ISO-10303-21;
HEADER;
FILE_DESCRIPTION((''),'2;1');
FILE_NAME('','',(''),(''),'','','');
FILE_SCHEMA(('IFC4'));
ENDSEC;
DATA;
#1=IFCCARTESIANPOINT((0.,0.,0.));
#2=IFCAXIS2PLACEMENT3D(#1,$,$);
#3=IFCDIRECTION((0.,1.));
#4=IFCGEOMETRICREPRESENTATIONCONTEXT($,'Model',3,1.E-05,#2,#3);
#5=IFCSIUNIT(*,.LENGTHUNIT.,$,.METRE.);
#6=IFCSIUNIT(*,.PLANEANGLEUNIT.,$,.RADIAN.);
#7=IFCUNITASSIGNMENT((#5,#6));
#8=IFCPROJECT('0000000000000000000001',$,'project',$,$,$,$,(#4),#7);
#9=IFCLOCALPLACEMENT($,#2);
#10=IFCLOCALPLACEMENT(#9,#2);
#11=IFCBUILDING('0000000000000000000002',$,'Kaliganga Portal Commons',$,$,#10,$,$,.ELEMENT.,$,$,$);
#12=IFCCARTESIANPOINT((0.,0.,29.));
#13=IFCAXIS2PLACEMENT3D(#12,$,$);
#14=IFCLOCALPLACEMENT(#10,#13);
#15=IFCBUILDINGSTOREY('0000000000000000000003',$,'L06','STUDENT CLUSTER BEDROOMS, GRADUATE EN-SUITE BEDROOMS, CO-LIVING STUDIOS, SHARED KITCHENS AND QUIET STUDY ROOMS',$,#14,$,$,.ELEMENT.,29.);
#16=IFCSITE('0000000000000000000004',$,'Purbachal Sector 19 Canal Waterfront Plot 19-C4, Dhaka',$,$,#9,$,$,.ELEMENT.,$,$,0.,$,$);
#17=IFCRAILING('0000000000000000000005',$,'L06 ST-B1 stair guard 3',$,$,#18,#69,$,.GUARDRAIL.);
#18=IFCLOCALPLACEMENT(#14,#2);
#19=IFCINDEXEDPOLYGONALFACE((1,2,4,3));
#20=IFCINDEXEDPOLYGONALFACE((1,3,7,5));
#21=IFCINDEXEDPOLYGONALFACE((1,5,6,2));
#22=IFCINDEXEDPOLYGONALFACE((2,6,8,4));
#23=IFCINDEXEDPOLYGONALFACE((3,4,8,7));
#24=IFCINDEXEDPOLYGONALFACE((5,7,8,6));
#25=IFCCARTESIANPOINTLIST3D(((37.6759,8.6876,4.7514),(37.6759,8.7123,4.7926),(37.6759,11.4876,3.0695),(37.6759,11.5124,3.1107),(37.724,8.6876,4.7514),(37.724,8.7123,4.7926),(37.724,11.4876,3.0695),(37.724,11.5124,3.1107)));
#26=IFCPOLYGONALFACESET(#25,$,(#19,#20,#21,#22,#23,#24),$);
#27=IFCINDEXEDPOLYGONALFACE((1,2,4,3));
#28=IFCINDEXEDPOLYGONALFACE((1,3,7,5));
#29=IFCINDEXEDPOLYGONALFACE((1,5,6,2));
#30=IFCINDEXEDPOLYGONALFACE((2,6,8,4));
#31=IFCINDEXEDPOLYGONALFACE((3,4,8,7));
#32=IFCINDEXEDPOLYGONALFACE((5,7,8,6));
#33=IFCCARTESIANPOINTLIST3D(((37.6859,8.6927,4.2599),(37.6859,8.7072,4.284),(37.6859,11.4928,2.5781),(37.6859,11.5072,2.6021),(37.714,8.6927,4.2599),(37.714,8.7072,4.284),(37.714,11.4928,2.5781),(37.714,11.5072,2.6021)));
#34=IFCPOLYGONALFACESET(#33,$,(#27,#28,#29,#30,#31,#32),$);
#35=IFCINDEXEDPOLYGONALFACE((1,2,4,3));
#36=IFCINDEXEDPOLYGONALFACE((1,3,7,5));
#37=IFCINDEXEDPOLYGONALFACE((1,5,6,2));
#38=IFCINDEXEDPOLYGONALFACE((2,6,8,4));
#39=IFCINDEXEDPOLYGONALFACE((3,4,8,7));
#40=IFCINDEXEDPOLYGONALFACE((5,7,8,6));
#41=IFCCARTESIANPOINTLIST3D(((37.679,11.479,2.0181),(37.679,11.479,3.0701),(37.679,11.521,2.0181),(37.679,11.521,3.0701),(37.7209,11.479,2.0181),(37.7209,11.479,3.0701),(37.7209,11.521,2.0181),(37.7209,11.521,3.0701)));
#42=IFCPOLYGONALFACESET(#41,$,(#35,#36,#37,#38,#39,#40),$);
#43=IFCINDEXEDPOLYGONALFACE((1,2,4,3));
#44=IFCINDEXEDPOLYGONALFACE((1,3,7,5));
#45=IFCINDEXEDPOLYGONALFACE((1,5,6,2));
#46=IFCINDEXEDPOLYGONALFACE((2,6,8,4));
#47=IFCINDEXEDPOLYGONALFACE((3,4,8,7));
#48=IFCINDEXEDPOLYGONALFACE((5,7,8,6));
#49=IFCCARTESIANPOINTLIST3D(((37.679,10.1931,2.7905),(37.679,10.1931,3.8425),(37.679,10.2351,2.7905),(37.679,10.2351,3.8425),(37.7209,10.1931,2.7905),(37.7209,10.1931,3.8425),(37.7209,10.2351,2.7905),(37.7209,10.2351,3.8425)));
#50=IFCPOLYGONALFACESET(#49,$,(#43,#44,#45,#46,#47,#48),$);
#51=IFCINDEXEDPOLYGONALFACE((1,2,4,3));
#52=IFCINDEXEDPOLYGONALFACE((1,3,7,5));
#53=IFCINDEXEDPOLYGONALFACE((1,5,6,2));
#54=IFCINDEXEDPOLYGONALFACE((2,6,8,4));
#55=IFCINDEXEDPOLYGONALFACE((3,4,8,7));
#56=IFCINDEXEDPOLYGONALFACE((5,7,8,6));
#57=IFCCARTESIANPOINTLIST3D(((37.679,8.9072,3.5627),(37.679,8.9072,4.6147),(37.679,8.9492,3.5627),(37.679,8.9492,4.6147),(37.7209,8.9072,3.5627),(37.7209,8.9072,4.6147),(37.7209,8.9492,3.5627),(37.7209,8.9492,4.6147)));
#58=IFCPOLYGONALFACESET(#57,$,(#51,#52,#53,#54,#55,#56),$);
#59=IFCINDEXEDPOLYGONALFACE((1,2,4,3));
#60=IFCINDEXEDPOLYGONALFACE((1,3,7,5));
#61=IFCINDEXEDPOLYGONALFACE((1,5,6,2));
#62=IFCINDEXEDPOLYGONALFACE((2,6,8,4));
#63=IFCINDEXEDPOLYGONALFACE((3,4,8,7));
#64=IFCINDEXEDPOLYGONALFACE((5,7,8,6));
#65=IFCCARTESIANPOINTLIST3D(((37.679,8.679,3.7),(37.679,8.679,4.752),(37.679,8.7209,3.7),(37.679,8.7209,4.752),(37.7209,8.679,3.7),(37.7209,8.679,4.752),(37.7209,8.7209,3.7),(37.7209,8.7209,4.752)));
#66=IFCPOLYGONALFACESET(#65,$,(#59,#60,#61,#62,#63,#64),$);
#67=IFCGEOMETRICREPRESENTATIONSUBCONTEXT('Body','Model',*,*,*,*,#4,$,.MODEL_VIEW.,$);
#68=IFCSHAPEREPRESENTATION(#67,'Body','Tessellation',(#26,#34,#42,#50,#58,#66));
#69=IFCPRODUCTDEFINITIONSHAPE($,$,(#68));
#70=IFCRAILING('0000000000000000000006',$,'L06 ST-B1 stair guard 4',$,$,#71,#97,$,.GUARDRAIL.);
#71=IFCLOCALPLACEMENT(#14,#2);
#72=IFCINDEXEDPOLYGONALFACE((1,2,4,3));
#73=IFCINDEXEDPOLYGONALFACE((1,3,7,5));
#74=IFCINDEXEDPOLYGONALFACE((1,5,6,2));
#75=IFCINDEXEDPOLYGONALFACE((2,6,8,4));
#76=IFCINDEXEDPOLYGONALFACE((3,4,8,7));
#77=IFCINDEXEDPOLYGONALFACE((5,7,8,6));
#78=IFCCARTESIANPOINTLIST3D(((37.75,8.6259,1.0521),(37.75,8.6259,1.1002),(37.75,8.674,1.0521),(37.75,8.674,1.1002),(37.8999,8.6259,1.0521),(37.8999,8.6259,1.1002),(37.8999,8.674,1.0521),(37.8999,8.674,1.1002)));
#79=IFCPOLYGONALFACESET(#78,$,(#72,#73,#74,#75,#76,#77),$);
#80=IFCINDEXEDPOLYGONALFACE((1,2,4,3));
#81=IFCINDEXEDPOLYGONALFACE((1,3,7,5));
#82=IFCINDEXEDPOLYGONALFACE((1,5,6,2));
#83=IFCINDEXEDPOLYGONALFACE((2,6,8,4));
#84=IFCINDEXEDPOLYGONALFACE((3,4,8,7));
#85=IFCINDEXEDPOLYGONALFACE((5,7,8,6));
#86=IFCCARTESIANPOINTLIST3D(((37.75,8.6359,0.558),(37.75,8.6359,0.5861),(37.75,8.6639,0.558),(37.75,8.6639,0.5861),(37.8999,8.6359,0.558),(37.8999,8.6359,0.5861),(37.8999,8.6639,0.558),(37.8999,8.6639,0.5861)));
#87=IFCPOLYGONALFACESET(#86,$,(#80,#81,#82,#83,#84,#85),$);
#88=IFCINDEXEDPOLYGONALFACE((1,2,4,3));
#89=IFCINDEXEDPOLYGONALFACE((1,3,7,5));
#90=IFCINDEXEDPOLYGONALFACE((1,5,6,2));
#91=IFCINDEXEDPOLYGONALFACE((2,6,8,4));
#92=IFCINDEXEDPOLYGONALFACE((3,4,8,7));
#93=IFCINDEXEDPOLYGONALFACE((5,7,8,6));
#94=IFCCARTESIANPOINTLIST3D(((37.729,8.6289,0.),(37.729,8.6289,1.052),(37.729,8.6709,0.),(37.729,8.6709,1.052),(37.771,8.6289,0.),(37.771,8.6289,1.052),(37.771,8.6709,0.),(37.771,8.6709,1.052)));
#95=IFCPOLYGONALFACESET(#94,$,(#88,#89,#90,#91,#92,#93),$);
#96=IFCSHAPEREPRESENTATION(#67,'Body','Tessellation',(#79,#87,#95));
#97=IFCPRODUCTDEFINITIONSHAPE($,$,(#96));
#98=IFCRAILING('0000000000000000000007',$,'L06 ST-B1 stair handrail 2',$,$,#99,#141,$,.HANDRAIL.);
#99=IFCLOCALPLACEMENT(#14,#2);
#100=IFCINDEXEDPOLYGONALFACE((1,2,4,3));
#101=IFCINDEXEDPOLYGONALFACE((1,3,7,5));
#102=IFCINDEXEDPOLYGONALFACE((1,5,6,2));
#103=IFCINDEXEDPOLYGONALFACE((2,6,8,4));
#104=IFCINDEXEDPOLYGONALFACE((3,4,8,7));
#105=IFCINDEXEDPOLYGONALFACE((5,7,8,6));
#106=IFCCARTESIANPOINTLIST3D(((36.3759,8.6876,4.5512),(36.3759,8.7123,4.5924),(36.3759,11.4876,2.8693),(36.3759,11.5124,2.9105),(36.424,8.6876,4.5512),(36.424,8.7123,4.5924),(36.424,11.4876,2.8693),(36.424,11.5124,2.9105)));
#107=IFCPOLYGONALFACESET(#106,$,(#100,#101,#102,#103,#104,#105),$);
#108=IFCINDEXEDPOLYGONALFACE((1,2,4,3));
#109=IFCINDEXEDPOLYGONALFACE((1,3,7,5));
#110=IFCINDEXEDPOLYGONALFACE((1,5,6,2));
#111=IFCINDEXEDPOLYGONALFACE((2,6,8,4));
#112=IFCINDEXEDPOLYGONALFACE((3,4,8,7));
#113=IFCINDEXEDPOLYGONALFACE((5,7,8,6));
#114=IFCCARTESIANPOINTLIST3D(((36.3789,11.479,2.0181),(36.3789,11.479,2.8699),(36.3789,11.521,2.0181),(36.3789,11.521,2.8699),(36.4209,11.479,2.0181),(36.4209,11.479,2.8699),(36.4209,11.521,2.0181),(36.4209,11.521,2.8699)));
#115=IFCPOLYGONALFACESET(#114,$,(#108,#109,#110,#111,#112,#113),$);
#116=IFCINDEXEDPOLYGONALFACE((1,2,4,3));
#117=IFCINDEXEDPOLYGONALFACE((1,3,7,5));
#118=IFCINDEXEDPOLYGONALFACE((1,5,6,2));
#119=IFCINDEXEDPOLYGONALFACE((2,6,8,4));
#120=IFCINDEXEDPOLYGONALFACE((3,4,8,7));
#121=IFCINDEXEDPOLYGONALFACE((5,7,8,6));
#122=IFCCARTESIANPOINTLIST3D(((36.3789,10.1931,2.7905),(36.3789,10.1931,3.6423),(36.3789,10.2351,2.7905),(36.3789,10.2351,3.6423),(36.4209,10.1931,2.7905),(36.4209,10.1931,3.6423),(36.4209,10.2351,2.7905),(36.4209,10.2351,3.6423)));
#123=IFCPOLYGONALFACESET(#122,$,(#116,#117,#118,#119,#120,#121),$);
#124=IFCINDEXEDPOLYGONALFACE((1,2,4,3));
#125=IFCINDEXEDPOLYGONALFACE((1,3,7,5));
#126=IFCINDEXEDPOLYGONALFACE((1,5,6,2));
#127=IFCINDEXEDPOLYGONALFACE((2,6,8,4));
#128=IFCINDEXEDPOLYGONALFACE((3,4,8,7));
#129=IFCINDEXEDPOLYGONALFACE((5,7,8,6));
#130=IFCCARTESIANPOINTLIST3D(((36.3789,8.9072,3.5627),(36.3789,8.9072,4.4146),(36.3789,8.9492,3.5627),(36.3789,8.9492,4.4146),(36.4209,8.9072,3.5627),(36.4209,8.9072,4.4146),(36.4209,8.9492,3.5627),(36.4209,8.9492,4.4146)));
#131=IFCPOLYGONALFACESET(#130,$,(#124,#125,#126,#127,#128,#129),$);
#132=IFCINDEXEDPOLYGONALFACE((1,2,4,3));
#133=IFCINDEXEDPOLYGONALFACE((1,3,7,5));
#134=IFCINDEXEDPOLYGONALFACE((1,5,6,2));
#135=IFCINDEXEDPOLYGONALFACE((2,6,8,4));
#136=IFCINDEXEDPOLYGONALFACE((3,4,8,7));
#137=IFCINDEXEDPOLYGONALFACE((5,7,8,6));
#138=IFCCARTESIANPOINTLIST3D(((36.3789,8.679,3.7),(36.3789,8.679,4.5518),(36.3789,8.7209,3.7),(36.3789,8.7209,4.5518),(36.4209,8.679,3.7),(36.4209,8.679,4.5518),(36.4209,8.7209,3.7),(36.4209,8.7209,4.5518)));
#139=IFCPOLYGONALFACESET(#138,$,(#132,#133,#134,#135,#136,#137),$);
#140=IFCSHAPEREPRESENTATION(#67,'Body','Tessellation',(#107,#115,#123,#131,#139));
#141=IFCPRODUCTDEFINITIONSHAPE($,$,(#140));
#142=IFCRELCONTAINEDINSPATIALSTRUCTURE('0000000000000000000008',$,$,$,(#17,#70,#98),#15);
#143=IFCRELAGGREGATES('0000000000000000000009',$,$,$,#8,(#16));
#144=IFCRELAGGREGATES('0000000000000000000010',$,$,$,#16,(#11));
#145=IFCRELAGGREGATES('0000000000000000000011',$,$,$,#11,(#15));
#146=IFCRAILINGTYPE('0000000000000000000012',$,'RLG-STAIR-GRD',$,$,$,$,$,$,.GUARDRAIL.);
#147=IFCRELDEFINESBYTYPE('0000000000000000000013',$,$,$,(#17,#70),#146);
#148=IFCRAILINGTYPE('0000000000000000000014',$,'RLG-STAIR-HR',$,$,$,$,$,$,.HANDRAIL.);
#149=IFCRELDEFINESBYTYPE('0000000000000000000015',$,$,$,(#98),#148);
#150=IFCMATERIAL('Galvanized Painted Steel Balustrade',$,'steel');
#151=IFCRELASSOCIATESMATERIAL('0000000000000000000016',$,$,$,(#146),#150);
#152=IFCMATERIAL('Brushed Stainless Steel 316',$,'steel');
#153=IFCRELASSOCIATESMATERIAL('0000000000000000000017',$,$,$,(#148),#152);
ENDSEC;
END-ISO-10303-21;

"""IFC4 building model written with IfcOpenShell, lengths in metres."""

from ifc_helpers import new_model, si_unit, direction, frame, origin, origin_2d, place, context, subcontext, project, spatial, rectangle, extrude, material, type_object, element, save


model = new_model("IFC4")

# Units and contexts
model_context = context("Model", 3, precision=1e-05, world=origin(), true_north=direction((0.0, 1.0)))
body_context = subcontext(model_context, "Body", "Model", "MODEL_VIEW")
ifc_project = project(units=[si_unit("LENGTHUNIT", "METRE"), si_unit("PLANEANGLEUNIT", "RADIAN")], contexts=[model_context])

# Site, building, storey
site_placement = place(None, origin())
site = spatial("IfcSite", under=ifc_project, at=site_placement, Name="Purbachal Sector 19 Canal Waterfront Plot 19-C4, Dhaka", CompositionType="ELEMENT", RefElevation=0.0)
building_placement = place(site_placement, origin())
building = spatial("IfcBuilding", under=site, at=building_placement, Name="Kaliganga Portal Commons", CompositionType="ELEMENT")
storey_placement = place(building_placement, frame((0.0, 0.0, 29.0)))
storey = spatial("IfcBuildingStorey", under=building, at=storey_placement, Name="L06", Description="STUDENT CLUSTER BEDROOMS, GRADUATE EN-SUITE BEDROOMS, CO-LIVING STUDIOS, SHARED KITCHENS AND QUIET STUDY ROOMS", CompositionType="ELEMENT", Elevation=29.0)

# Railings
ifc_material_1 = material(Name="Galvanized Painted Steel Balustrade", Category="steel")
railing_type_1 = type_object("IfcRailingType", Name="RLG-STAIR-GRD", PredefinedType="GUARDRAIL", material=ifc_material_1)
railing_1_placement = place(storey_placement, frame((37.7, 11.5, 2.0181)))
element("IfcRailing", 1, at=railing_1_placement, inside=storey, type_object=railing_type_1, Name="L06 ST-B1 stair guard 3", PredefinedType="GUARDRAIL", context=body_context, shape_type="SweptSolid", body=[
    extrude(rectangle(XDim=0.0481, YDim=0.0481, at=origin_2d()), frame((0.0, 0.0, 1.072), z_axis=(0.0, -0.857242, 0.514913), x_axis=(1.0, 0.0, 0.0)), (0.0, 0.0, 1.0), 3.2664),
    extrude(rectangle(XDim=0.0281, YDim=0.0281, at=origin_2d()), frame((0.0, 0.0, 0.572), z_axis=(0.0, -0.857242, 0.514913), x_axis=(1.0, 0.0, 0.0)), (0.0, 0.0, 1.0), 3.2664),
    extrude(rectangle(XDim=0.042, YDim=0.042, at=origin_2d()), origin(), (0.0, 0.0, 1.0), 1.052),
    extrude(rectangle(XDim=0.042, YDim=0.042, at=origin_2d()), frame((0.0, -1.2859, 0.7725)), (0.0, 0.0, 1.0), 1.052),
    extrude(rectangle(XDim=0.042, YDim=0.042, at=origin_2d()), frame((0.0, -2.5718, 1.5447)), (0.0, 0.0, 1.0), 1.052),
    extrude(rectangle(XDim=0.042, YDim=0.042, at=origin_2d()), frame((0.0, -2.8, 1.6819)), (0.0, 0.0, 1.0), 1.052),
])
railing_2_placement = place(storey_placement, frame((37.8999, 8.6499, 0.0)))
element("IfcRailing", 2, at=railing_2_placement, inside=storey, type_object=railing_type_1, Name="L06 ST-B1 stair guard 4", PredefinedType="GUARDRAIL", context=body_context, shape_type="SweptSolid", body=[
    extrude(rectangle(XDim=0.0481, YDim=0.0481, at=origin_2d()), frame((0.0, 0.0, 1.0762), z_axis=(-1.0, 0.0, 0.0), x_axis=(0.0, -1.0, 0.0)), (0.0, 0.0, 1.0), 0.1499),
    extrude(rectangle(XDim=0.0281, YDim=0.0281, at=origin_2d()), frame((0.0, 0.0, 0.572), z_axis=(-1.0, 0.0, 0.0), x_axis=(0.0, -1.0, 0.0)), (0.0, 0.0, 1.0), 0.1499),
    extrude(rectangle(XDim=0.042, YDim=0.042, at=origin_2d()), frame((-0.1499, 0.0, 0.0)), (0.0, 0.0, 1.0), 1.052),
])
ifc_material_2 = material(Name="Brushed Stainless Steel 316", Category="steel")
railing_type_2 = type_object("IfcRailingType", Name="RLG-STAIR-HR", PredefinedType="HANDRAIL", material=ifc_material_2)
railing_3_placement = place(storey_placement, frame((36.3999, 11.5, 2.0181)))
element("IfcRailing", 3, at=railing_3_placement, inside=storey, type_object=railing_type_2, Name="L06 ST-B1 stair handrail 2", PredefinedType="HANDRAIL", context=body_context, shape_type="SweptSolid", body=[
    extrude(rectangle(XDim=0.0481, YDim=0.0481, at=origin_2d()), frame((0.0, 0.0, 0.8718), z_axis=(0.0, -0.857242, 0.514913), x_axis=(1.0, 0.0, 0.0)), (0.0, 0.0, 1.0), 3.2664),
    extrude(rectangle(XDim=0.042, YDim=0.042, at=origin_2d()), origin(), (0.0, 0.0, 1.0), 0.8518),
    extrude(rectangle(XDim=0.042, YDim=0.042, at=origin_2d()), frame((0.0, -1.2859, 0.7725)), (0.0, 0.0, 1.0), 0.8518),
    extrude(rectangle(XDim=0.042, YDim=0.042, at=origin_2d()), frame((0.0, -2.5718, 1.5447)), (0.0, 0.0, 1.0), 0.8518),
    extrude(rectangle(XDim=0.042, YDim=0.042, at=origin_2d()), frame((0.0, -2.8, 1.6819)), (0.0, 0.0, 1.0), 0.8518),
])

save(model, "model.ifc")
